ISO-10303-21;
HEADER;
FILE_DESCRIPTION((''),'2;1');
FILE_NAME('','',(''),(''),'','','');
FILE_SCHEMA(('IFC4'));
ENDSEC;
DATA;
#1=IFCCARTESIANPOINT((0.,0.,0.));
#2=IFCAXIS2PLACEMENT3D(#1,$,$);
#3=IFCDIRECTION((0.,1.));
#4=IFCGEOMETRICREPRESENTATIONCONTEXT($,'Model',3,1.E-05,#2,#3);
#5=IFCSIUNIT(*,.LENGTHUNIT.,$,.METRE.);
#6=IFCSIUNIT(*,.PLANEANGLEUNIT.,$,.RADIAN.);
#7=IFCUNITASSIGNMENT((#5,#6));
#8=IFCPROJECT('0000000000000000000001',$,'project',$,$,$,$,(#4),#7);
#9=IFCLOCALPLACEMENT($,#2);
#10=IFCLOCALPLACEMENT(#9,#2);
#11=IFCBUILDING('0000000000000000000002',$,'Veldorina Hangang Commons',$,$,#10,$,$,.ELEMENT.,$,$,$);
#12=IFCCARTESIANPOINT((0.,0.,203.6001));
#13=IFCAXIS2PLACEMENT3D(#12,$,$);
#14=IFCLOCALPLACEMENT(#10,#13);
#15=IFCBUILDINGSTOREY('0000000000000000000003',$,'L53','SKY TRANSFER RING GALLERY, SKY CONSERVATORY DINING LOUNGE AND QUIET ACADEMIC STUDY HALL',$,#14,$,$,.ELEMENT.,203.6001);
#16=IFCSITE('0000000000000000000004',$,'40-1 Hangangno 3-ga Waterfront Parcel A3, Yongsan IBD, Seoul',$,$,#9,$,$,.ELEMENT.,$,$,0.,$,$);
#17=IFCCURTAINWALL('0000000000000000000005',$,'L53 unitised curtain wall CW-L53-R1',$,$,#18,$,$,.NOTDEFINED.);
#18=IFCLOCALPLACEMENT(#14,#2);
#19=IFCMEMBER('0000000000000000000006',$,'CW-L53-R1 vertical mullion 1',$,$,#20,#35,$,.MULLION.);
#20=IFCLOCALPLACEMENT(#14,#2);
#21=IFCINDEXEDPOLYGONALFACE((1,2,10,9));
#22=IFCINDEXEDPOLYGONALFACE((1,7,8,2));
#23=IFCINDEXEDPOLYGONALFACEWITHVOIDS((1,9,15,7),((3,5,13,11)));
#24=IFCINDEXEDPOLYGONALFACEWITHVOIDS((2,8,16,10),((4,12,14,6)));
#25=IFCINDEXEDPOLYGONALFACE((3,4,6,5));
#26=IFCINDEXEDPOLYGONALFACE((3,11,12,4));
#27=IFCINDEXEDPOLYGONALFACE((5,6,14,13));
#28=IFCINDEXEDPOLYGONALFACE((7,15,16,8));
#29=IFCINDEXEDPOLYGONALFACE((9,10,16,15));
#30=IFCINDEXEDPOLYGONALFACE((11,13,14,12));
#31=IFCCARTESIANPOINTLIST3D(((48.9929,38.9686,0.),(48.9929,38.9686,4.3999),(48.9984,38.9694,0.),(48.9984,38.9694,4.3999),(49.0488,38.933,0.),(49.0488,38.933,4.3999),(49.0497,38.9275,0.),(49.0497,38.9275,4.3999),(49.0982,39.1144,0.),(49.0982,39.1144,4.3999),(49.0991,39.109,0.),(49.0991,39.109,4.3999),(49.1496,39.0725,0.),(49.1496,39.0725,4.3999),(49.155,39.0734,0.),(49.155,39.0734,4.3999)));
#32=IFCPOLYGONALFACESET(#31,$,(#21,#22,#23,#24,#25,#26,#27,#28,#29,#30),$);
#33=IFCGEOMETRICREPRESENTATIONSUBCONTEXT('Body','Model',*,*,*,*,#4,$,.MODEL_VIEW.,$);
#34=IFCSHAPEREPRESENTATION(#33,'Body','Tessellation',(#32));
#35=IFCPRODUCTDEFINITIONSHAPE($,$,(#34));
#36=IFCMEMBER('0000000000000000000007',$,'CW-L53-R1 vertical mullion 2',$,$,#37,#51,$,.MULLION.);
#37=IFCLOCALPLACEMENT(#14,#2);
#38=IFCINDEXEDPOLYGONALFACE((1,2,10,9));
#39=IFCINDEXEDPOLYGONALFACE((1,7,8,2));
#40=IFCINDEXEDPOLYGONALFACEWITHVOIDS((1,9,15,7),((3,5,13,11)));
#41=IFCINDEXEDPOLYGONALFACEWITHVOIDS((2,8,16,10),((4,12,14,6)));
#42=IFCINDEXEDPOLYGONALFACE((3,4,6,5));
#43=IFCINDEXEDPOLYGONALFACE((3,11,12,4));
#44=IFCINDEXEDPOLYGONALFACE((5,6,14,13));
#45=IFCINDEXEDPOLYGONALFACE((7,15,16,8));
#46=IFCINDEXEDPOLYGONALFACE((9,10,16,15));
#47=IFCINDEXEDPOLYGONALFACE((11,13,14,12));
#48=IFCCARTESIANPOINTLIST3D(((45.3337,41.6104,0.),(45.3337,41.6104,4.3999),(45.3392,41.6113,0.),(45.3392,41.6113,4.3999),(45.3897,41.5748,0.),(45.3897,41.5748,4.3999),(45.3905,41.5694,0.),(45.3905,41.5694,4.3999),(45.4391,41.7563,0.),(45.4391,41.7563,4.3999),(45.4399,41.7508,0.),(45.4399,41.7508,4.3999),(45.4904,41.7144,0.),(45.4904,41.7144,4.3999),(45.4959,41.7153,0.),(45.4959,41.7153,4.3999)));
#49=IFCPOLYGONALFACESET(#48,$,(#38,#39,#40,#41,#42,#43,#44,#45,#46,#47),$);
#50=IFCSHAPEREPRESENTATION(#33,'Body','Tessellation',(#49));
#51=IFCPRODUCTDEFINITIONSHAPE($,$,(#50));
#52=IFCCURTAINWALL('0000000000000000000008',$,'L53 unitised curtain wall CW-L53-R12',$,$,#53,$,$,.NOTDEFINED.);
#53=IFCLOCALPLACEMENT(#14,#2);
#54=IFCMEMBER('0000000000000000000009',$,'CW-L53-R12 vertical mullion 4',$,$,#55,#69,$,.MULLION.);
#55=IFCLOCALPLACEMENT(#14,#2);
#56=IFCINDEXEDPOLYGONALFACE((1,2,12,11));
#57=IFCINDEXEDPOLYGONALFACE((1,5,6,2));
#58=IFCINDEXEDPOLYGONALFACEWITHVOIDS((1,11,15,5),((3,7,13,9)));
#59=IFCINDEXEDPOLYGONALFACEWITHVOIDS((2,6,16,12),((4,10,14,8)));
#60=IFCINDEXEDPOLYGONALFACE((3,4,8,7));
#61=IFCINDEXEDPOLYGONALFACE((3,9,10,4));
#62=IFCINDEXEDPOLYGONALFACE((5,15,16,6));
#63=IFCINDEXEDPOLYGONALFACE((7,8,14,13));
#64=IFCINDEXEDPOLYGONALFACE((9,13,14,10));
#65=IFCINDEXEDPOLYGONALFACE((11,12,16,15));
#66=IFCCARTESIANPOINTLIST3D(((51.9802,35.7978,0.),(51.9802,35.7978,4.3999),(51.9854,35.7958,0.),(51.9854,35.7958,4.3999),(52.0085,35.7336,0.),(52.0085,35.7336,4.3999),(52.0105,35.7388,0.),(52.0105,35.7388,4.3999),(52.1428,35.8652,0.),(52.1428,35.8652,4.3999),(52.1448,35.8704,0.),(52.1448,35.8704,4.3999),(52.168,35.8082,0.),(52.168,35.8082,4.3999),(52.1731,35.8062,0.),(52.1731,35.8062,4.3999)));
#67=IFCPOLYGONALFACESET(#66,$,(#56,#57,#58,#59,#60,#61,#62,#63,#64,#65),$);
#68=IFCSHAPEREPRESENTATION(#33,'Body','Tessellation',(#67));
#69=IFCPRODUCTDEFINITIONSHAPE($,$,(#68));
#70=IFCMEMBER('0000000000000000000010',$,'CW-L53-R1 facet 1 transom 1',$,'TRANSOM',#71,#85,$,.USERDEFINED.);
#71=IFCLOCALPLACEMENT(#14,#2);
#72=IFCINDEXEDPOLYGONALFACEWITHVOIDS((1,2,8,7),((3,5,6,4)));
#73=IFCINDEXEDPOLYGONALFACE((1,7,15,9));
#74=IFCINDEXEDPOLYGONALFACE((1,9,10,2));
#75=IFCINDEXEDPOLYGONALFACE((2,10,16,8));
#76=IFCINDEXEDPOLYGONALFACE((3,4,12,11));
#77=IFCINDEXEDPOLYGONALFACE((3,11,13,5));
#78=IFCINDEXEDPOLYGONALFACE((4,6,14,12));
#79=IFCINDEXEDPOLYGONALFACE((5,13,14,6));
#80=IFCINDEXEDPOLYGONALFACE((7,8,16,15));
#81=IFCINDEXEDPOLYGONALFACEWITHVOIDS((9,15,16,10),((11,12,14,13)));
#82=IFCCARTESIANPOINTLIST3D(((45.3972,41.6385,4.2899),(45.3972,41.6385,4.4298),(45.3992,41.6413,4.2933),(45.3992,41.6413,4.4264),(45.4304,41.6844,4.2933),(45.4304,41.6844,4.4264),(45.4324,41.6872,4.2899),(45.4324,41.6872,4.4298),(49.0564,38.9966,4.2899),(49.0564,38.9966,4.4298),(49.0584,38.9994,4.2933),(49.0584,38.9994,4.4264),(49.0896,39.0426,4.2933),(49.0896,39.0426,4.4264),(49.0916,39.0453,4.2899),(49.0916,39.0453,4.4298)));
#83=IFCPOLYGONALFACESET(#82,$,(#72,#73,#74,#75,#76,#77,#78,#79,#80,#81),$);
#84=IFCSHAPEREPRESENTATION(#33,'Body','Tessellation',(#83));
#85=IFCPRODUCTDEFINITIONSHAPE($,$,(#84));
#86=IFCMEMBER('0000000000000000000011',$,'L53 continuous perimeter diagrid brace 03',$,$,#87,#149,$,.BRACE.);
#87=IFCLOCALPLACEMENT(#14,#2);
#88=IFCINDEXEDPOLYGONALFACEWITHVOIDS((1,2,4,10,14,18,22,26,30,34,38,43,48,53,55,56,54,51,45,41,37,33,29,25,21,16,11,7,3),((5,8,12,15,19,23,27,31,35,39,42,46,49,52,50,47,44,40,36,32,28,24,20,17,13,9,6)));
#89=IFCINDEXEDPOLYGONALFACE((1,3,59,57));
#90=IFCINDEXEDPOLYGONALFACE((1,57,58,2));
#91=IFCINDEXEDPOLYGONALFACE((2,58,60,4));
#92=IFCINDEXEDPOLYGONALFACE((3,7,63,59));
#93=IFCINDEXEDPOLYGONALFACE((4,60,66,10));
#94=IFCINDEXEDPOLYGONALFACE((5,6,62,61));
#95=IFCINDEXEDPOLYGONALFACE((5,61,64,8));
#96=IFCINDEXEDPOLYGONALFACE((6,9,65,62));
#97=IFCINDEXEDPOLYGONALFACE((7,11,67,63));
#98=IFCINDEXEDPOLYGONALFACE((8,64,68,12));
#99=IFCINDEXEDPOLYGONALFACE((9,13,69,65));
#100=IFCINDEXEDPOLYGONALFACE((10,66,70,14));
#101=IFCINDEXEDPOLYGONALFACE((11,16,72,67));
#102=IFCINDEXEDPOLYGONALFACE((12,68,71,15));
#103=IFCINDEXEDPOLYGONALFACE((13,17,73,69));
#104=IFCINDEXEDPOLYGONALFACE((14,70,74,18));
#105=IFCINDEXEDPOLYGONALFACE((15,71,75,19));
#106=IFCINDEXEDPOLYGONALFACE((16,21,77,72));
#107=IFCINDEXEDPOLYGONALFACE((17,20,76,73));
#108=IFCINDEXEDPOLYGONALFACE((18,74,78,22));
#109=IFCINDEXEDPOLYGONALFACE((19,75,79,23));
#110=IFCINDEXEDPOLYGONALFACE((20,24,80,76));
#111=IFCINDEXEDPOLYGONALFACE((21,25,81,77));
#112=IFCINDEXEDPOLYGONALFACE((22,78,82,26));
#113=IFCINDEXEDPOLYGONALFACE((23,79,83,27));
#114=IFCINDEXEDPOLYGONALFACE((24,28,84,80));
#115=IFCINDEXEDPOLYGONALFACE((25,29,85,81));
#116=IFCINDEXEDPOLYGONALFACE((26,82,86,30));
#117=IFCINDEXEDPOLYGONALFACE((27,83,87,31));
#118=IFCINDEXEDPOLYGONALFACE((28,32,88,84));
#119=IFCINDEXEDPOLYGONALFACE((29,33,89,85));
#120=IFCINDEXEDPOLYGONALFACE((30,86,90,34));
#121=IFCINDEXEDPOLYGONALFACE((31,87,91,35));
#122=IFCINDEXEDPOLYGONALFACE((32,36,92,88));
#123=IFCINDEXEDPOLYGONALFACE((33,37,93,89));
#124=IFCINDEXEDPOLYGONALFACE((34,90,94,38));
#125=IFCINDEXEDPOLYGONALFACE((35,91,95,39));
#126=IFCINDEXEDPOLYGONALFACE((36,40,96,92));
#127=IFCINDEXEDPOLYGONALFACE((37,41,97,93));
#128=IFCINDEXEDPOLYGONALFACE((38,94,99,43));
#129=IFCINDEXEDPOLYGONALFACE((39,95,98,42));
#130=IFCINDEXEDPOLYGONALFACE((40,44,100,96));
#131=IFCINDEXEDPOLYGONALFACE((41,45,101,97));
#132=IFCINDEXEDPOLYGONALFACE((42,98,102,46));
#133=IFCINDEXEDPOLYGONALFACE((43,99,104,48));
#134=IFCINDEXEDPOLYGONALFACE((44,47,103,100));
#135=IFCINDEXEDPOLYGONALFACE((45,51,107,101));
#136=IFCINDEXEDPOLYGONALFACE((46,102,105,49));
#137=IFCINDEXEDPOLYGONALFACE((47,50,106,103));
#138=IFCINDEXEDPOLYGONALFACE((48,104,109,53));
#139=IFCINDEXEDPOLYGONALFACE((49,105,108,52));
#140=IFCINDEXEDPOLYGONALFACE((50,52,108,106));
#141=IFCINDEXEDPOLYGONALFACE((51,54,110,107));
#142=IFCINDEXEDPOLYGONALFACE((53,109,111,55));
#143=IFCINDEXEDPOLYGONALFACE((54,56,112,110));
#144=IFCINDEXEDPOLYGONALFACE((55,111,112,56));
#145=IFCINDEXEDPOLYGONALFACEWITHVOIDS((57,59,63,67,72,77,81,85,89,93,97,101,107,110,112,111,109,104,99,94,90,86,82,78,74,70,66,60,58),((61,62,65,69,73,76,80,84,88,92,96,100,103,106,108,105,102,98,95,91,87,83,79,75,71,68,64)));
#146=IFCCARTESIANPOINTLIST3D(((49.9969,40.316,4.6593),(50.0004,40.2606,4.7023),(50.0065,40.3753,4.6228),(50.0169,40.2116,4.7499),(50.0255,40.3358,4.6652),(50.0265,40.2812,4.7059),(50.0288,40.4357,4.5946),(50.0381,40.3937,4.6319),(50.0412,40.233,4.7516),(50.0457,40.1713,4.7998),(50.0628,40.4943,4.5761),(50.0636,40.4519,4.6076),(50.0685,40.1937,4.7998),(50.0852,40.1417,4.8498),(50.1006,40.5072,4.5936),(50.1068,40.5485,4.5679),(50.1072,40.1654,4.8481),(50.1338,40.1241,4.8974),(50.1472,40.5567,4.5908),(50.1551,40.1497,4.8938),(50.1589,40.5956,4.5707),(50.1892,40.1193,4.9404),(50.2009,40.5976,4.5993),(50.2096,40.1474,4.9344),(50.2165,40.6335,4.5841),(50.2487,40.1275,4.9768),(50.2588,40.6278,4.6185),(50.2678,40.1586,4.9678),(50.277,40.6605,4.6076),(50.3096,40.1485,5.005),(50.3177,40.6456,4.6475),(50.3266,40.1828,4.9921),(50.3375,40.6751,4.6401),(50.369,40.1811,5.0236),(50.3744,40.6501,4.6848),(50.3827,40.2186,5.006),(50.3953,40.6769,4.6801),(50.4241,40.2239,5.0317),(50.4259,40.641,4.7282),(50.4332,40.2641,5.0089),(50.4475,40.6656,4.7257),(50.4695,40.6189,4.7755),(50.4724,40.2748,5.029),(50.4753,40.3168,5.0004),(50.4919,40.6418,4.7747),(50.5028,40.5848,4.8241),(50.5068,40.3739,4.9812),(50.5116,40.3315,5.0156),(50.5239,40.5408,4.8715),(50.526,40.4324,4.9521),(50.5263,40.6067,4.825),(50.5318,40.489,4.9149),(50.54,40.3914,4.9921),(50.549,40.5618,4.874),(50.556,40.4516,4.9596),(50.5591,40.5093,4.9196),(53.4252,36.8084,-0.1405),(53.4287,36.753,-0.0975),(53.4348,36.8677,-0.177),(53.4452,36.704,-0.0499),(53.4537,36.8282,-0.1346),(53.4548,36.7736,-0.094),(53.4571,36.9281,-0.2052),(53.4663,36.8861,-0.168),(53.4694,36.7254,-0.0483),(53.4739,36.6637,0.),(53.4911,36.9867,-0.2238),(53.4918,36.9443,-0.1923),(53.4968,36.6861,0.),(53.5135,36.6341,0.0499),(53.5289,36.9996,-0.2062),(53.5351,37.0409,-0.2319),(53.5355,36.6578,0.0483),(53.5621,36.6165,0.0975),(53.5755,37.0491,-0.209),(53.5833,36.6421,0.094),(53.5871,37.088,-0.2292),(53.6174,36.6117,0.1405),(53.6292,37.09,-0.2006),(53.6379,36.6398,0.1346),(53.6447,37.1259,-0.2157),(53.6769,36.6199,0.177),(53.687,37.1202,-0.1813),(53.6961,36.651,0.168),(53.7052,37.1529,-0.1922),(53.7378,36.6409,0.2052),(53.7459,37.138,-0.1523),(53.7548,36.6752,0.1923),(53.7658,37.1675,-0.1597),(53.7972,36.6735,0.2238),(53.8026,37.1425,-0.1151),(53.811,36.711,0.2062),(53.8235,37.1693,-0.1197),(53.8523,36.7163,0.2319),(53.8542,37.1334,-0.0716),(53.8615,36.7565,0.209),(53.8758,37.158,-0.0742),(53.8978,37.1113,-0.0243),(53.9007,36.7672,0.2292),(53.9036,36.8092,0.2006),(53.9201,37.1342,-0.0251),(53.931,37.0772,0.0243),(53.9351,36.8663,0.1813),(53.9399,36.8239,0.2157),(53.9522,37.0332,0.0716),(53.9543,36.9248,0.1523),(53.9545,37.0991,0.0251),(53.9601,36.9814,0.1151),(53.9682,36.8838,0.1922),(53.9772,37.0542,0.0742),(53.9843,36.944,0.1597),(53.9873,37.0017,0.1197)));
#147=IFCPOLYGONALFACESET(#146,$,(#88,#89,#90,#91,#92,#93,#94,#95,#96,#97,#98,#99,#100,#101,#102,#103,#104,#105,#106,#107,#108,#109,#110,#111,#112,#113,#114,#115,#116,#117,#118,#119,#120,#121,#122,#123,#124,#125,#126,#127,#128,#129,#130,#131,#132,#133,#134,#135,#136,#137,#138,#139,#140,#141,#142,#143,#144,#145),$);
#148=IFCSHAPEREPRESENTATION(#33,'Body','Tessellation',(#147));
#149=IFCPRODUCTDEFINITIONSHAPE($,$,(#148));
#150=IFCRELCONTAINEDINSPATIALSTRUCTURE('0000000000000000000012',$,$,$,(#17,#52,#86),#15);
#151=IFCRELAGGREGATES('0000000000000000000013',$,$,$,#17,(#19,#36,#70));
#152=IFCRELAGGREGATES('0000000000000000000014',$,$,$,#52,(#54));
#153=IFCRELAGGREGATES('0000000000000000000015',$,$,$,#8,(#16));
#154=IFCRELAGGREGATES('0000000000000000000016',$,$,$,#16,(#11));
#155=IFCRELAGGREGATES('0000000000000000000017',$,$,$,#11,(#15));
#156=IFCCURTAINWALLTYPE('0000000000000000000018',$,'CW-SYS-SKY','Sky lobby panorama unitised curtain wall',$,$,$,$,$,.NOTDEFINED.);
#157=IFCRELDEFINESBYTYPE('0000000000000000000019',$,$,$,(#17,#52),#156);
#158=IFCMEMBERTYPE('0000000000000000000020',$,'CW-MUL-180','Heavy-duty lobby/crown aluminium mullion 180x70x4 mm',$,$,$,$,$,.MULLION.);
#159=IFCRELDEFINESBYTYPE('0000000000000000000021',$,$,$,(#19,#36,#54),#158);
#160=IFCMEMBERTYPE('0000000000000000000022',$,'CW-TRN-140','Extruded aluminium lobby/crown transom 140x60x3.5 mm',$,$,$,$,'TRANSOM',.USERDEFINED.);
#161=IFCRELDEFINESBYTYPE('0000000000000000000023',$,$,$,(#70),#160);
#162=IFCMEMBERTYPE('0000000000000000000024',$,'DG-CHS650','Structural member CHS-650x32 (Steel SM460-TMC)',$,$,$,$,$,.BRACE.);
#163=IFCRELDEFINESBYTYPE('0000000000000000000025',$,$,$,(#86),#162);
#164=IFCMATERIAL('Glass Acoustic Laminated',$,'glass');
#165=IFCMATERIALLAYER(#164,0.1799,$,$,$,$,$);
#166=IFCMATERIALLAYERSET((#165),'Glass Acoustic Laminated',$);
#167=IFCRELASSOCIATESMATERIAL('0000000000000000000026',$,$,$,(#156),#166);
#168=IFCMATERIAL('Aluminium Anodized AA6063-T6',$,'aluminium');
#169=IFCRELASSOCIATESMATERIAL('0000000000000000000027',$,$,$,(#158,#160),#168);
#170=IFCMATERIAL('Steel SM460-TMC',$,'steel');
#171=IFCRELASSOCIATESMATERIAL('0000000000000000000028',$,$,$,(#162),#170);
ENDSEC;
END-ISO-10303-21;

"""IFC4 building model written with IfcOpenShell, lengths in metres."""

from ifc_helpers import new_model, si_unit, direction, frame, origin, origin_2d, place, context, subcontext, project, spatial, hollow_rectangle, hollow_circle, extrude, material, layer, layer_set, material_profile, profile_set, type_object, element, aggregate, save


model = new_model("IFC4")

# Units and contexts
model_context = context("Model", 3, precision=1e-05, world=origin(), true_north=direction((0.0, 1.0)))
body_context = subcontext(model_context, "Body", "Model", "MODEL_VIEW")
ifc_project = project(units=[si_unit("LENGTHUNIT", "METRE"), si_unit("PLANEANGLEUNIT", "RADIAN")], contexts=[model_context])

# Site, building, storey
site_placement = place(None, origin())
site = spatial("IfcSite", under=ifc_project, at=site_placement, Name="40-1 Hangangno 3-ga Waterfront Parcel A3, Yongsan IBD, Seoul", CompositionType="ELEMENT", RefElevation=0.0)
building_placement = place(site_placement, origin())
building = spatial("IfcBuilding", under=site, at=building_placement, Name="Veldorina Hangang Commons", CompositionType="ELEMENT")
storey_placement = place(building_placement, frame((0.0, 0.0, 203.6001)))
storey = spatial("IfcBuildingStorey", under=building, at=storey_placement, Name="L53", Description="SKY TRANSFER RING GALLERY, SKY CONSERVATORY DINING LOUNGE AND QUIET ACADEMIC STUDY HALL", CompositionType="ELEMENT", Elevation=203.6001)

# Curtain wall, members
ifc_material_1 = material(Name="Glass Acoustic Laminated", Category="glass")
ifc_layer_1 = layer(ifc_material_1, 0.1799)
ifc_layer_set_1 = layer_set([ifc_layer_1], Name="Glass Acoustic Laminated")
curtain_wall_type = type_object("IfcCurtainWallType", Name="CW-SYS-SKY", Description="Sky lobby panorama unitised curtain wall", PredefinedType="NOTDEFINED", material=ifc_layer_set_1)
curtain_wall_1_placement = place(storey_placement, origin())
curtain_wall_1 = element("IfcCurtainWall", 1, at=curtain_wall_1_placement, inside=storey, type_object=curtain_wall_type, Name="L53 unitised curtain wall CW-L53-R1", PredefinedType="NOTDEFINED")
ifc_material_2 = material(Name="Aluminium Anodized AA6063-T6", Category="aluminium")
ifc_material_profile_1 = material_profile(ifc_material_2, hollow_rectangle(XDim=0.0701, YDim=0.1799, WallThickness=0.0039, at=origin_2d()), Name="ALU-RHS-180x70x4")
ifc_profile_set_1 = profile_set([ifc_material_profile_1], Name="Aluminium Anodized AA6063-T6")
member_type_1 = type_object("IfcMemberType", Name="CW-MUL-180", Description="Heavy-duty lobby/crown aluminium mullion 180x70x4 mm", PredefinedType="MULLION", material=ifc_profile_set_1)
member_1_placement = place(storey_placement, frame((49.074, 39.021, 0.0), z_axis=(0.0, 0.0, 1.0), x_axis=(-0.810768, 0.585368, 0.0)))
member_1 = element("IfcMember", 2, at=member_1_placement, type_object=member_type_1, Name="CW-L53-R1 vertical mullion 1", PredefinedType="MULLION", context=body_context, shape_type="SweptSolid", body=[
    extrude(hollow_rectangle(XDim=0.0701, YDim=0.1799, WallThickness=0.0039, at=origin_2d()), origin(), (0.0, 0.0, 1.0), 4.3999),
])
member_2_placement = place(storey_placement, frame((45.4148, 41.6628, 0.0), z_axis=(0.0, 0.0, 1.0), x_axis=(0.810768, -0.585368, 0.0)))
member_2 = element("IfcMember", 3, at=member_2_placement, type_object=member_type_1, Name="CW-L53-R1 vertical mullion 2", PredefinedType="MULLION", context=body_context, shape_type="SweptSolid", body=[
    extrude(hollow_rectangle(XDim=0.0701, YDim=0.1799, WallThickness=0.0039, at=origin_2d()), origin(), (0.0, 0.0, 1.0), 4.3999),
])

# Curtain wall, member
curtain_wall_2_placement = place(storey_placement, origin())
curtain_wall_2 = element("IfcCurtainWall", 4, at=curtain_wall_2_placement, inside=storey, type_object=curtain_wall_type, Name="L53 unitised curtain wall CW-L53-R12", PredefinedType="NOTDEFINED")
member_3_placement = place(storey_placement, frame((52.0767, 35.802, 0.0), z_axis=(0.0, 0.0, 1.0), x_axis=(0.403465, -0.914995, 0.0)))
member_3 = element("IfcMember", 5, at=member_3_placement, type_object=member_type_1, Name="CW-L53-R12 vertical mullion 4", PredefinedType="MULLION", context=body_context, shape_type="SweptSolid", body=[
    extrude(hollow_rectangle(XDim=0.0701, YDim=0.1799, WallThickness=0.0039, at=origin_2d()), origin(), (0.0, 0.0, 1.0), 4.3999),
])

# Member
ifc_material_profile_2 = material_profile(ifc_material_2, hollow_rectangle(XDim=0.0601, YDim=0.1399, WallThickness=0.0034, at=origin_2d()), Name="ALU-RHS-140x60x3.5")
ifc_profile_set_2 = profile_set([ifc_material_profile_2], Name="Aluminium Anodized AA6063-T6")
member_type_2 = type_object("IfcMemberType", Name="CW-TRN-140", Description="Extruded aluminium lobby/crown transom 140x60x3.5 mm", ElementType="TRANSOM", PredefinedType="USERDEFINED", material=ifc_profile_set_2)
member_4_placement = place(storey_placement, frame((49.074, 39.021, 4.3599), z_axis=(-0.810773, 0.58536, 0.0), x_axis=(-0.58536, -0.810773, 0.0)))
member_4 = element("IfcMember", 6, at=member_4_placement, type_object=member_type_2, Name="CW-L53-R1 facet 1 transom 1", ObjectType="TRANSOM", PredefinedType="USERDEFINED", context=body_context, shape_type="SweptSolid", body=[
    extrude(hollow_rectangle(XDim=0.0601, YDim=0.1399, WallThickness=0.0034, at=origin_2d()), origin(), (0.0, 0.0, 1.0), 4.5132),
])

# Member
ifc_material_3 = material(Name="Steel SM460-TMC", Category="steel")
ifc_material_profile_3 = material_profile(ifc_material_3, hollow_circle(Radius=0.325, WallThickness=0.032, at=origin_2d()), Name="CHS-650x32")
ifc_profile_set_3 = profile_set([ifc_material_profile_3], Name="Steel SM460-TMC")
member_type_3 = type_object("IfcMemberType", Name="DG-CHS650", Description="Structural member CHS-650x32 (Steel SM460-TMC)", PredefinedType="BRACE", material=ifc_profile_set_3)
member_5_placement = place(storey_placement, frame((53.7063, 36.8909, 0.0), z_axis=(-0.499559, 0.511121, 0.699425), x_axis=(-0.715149, -0.698972, 0.0)))
element("IfcMember", 7, at=member_5_placement, inside=storey, type_object=member_type_3, Name="L53 continuous perimeter diagrid brace 03", PredefinedType="BRACE", context=body_context, shape_type="SweptSolid", body=[
    extrude(hollow_circle(Radius=0.325, WallThickness=0.032, at=origin_2d()), origin(), (0.0, 0.0, 1.0), 6.8625),
])

aggregate(curtain_wall_1, [member_1, member_2, member_4])
aggregate(curtain_wall_2, [member_3])

save(model, "model.ifc")
